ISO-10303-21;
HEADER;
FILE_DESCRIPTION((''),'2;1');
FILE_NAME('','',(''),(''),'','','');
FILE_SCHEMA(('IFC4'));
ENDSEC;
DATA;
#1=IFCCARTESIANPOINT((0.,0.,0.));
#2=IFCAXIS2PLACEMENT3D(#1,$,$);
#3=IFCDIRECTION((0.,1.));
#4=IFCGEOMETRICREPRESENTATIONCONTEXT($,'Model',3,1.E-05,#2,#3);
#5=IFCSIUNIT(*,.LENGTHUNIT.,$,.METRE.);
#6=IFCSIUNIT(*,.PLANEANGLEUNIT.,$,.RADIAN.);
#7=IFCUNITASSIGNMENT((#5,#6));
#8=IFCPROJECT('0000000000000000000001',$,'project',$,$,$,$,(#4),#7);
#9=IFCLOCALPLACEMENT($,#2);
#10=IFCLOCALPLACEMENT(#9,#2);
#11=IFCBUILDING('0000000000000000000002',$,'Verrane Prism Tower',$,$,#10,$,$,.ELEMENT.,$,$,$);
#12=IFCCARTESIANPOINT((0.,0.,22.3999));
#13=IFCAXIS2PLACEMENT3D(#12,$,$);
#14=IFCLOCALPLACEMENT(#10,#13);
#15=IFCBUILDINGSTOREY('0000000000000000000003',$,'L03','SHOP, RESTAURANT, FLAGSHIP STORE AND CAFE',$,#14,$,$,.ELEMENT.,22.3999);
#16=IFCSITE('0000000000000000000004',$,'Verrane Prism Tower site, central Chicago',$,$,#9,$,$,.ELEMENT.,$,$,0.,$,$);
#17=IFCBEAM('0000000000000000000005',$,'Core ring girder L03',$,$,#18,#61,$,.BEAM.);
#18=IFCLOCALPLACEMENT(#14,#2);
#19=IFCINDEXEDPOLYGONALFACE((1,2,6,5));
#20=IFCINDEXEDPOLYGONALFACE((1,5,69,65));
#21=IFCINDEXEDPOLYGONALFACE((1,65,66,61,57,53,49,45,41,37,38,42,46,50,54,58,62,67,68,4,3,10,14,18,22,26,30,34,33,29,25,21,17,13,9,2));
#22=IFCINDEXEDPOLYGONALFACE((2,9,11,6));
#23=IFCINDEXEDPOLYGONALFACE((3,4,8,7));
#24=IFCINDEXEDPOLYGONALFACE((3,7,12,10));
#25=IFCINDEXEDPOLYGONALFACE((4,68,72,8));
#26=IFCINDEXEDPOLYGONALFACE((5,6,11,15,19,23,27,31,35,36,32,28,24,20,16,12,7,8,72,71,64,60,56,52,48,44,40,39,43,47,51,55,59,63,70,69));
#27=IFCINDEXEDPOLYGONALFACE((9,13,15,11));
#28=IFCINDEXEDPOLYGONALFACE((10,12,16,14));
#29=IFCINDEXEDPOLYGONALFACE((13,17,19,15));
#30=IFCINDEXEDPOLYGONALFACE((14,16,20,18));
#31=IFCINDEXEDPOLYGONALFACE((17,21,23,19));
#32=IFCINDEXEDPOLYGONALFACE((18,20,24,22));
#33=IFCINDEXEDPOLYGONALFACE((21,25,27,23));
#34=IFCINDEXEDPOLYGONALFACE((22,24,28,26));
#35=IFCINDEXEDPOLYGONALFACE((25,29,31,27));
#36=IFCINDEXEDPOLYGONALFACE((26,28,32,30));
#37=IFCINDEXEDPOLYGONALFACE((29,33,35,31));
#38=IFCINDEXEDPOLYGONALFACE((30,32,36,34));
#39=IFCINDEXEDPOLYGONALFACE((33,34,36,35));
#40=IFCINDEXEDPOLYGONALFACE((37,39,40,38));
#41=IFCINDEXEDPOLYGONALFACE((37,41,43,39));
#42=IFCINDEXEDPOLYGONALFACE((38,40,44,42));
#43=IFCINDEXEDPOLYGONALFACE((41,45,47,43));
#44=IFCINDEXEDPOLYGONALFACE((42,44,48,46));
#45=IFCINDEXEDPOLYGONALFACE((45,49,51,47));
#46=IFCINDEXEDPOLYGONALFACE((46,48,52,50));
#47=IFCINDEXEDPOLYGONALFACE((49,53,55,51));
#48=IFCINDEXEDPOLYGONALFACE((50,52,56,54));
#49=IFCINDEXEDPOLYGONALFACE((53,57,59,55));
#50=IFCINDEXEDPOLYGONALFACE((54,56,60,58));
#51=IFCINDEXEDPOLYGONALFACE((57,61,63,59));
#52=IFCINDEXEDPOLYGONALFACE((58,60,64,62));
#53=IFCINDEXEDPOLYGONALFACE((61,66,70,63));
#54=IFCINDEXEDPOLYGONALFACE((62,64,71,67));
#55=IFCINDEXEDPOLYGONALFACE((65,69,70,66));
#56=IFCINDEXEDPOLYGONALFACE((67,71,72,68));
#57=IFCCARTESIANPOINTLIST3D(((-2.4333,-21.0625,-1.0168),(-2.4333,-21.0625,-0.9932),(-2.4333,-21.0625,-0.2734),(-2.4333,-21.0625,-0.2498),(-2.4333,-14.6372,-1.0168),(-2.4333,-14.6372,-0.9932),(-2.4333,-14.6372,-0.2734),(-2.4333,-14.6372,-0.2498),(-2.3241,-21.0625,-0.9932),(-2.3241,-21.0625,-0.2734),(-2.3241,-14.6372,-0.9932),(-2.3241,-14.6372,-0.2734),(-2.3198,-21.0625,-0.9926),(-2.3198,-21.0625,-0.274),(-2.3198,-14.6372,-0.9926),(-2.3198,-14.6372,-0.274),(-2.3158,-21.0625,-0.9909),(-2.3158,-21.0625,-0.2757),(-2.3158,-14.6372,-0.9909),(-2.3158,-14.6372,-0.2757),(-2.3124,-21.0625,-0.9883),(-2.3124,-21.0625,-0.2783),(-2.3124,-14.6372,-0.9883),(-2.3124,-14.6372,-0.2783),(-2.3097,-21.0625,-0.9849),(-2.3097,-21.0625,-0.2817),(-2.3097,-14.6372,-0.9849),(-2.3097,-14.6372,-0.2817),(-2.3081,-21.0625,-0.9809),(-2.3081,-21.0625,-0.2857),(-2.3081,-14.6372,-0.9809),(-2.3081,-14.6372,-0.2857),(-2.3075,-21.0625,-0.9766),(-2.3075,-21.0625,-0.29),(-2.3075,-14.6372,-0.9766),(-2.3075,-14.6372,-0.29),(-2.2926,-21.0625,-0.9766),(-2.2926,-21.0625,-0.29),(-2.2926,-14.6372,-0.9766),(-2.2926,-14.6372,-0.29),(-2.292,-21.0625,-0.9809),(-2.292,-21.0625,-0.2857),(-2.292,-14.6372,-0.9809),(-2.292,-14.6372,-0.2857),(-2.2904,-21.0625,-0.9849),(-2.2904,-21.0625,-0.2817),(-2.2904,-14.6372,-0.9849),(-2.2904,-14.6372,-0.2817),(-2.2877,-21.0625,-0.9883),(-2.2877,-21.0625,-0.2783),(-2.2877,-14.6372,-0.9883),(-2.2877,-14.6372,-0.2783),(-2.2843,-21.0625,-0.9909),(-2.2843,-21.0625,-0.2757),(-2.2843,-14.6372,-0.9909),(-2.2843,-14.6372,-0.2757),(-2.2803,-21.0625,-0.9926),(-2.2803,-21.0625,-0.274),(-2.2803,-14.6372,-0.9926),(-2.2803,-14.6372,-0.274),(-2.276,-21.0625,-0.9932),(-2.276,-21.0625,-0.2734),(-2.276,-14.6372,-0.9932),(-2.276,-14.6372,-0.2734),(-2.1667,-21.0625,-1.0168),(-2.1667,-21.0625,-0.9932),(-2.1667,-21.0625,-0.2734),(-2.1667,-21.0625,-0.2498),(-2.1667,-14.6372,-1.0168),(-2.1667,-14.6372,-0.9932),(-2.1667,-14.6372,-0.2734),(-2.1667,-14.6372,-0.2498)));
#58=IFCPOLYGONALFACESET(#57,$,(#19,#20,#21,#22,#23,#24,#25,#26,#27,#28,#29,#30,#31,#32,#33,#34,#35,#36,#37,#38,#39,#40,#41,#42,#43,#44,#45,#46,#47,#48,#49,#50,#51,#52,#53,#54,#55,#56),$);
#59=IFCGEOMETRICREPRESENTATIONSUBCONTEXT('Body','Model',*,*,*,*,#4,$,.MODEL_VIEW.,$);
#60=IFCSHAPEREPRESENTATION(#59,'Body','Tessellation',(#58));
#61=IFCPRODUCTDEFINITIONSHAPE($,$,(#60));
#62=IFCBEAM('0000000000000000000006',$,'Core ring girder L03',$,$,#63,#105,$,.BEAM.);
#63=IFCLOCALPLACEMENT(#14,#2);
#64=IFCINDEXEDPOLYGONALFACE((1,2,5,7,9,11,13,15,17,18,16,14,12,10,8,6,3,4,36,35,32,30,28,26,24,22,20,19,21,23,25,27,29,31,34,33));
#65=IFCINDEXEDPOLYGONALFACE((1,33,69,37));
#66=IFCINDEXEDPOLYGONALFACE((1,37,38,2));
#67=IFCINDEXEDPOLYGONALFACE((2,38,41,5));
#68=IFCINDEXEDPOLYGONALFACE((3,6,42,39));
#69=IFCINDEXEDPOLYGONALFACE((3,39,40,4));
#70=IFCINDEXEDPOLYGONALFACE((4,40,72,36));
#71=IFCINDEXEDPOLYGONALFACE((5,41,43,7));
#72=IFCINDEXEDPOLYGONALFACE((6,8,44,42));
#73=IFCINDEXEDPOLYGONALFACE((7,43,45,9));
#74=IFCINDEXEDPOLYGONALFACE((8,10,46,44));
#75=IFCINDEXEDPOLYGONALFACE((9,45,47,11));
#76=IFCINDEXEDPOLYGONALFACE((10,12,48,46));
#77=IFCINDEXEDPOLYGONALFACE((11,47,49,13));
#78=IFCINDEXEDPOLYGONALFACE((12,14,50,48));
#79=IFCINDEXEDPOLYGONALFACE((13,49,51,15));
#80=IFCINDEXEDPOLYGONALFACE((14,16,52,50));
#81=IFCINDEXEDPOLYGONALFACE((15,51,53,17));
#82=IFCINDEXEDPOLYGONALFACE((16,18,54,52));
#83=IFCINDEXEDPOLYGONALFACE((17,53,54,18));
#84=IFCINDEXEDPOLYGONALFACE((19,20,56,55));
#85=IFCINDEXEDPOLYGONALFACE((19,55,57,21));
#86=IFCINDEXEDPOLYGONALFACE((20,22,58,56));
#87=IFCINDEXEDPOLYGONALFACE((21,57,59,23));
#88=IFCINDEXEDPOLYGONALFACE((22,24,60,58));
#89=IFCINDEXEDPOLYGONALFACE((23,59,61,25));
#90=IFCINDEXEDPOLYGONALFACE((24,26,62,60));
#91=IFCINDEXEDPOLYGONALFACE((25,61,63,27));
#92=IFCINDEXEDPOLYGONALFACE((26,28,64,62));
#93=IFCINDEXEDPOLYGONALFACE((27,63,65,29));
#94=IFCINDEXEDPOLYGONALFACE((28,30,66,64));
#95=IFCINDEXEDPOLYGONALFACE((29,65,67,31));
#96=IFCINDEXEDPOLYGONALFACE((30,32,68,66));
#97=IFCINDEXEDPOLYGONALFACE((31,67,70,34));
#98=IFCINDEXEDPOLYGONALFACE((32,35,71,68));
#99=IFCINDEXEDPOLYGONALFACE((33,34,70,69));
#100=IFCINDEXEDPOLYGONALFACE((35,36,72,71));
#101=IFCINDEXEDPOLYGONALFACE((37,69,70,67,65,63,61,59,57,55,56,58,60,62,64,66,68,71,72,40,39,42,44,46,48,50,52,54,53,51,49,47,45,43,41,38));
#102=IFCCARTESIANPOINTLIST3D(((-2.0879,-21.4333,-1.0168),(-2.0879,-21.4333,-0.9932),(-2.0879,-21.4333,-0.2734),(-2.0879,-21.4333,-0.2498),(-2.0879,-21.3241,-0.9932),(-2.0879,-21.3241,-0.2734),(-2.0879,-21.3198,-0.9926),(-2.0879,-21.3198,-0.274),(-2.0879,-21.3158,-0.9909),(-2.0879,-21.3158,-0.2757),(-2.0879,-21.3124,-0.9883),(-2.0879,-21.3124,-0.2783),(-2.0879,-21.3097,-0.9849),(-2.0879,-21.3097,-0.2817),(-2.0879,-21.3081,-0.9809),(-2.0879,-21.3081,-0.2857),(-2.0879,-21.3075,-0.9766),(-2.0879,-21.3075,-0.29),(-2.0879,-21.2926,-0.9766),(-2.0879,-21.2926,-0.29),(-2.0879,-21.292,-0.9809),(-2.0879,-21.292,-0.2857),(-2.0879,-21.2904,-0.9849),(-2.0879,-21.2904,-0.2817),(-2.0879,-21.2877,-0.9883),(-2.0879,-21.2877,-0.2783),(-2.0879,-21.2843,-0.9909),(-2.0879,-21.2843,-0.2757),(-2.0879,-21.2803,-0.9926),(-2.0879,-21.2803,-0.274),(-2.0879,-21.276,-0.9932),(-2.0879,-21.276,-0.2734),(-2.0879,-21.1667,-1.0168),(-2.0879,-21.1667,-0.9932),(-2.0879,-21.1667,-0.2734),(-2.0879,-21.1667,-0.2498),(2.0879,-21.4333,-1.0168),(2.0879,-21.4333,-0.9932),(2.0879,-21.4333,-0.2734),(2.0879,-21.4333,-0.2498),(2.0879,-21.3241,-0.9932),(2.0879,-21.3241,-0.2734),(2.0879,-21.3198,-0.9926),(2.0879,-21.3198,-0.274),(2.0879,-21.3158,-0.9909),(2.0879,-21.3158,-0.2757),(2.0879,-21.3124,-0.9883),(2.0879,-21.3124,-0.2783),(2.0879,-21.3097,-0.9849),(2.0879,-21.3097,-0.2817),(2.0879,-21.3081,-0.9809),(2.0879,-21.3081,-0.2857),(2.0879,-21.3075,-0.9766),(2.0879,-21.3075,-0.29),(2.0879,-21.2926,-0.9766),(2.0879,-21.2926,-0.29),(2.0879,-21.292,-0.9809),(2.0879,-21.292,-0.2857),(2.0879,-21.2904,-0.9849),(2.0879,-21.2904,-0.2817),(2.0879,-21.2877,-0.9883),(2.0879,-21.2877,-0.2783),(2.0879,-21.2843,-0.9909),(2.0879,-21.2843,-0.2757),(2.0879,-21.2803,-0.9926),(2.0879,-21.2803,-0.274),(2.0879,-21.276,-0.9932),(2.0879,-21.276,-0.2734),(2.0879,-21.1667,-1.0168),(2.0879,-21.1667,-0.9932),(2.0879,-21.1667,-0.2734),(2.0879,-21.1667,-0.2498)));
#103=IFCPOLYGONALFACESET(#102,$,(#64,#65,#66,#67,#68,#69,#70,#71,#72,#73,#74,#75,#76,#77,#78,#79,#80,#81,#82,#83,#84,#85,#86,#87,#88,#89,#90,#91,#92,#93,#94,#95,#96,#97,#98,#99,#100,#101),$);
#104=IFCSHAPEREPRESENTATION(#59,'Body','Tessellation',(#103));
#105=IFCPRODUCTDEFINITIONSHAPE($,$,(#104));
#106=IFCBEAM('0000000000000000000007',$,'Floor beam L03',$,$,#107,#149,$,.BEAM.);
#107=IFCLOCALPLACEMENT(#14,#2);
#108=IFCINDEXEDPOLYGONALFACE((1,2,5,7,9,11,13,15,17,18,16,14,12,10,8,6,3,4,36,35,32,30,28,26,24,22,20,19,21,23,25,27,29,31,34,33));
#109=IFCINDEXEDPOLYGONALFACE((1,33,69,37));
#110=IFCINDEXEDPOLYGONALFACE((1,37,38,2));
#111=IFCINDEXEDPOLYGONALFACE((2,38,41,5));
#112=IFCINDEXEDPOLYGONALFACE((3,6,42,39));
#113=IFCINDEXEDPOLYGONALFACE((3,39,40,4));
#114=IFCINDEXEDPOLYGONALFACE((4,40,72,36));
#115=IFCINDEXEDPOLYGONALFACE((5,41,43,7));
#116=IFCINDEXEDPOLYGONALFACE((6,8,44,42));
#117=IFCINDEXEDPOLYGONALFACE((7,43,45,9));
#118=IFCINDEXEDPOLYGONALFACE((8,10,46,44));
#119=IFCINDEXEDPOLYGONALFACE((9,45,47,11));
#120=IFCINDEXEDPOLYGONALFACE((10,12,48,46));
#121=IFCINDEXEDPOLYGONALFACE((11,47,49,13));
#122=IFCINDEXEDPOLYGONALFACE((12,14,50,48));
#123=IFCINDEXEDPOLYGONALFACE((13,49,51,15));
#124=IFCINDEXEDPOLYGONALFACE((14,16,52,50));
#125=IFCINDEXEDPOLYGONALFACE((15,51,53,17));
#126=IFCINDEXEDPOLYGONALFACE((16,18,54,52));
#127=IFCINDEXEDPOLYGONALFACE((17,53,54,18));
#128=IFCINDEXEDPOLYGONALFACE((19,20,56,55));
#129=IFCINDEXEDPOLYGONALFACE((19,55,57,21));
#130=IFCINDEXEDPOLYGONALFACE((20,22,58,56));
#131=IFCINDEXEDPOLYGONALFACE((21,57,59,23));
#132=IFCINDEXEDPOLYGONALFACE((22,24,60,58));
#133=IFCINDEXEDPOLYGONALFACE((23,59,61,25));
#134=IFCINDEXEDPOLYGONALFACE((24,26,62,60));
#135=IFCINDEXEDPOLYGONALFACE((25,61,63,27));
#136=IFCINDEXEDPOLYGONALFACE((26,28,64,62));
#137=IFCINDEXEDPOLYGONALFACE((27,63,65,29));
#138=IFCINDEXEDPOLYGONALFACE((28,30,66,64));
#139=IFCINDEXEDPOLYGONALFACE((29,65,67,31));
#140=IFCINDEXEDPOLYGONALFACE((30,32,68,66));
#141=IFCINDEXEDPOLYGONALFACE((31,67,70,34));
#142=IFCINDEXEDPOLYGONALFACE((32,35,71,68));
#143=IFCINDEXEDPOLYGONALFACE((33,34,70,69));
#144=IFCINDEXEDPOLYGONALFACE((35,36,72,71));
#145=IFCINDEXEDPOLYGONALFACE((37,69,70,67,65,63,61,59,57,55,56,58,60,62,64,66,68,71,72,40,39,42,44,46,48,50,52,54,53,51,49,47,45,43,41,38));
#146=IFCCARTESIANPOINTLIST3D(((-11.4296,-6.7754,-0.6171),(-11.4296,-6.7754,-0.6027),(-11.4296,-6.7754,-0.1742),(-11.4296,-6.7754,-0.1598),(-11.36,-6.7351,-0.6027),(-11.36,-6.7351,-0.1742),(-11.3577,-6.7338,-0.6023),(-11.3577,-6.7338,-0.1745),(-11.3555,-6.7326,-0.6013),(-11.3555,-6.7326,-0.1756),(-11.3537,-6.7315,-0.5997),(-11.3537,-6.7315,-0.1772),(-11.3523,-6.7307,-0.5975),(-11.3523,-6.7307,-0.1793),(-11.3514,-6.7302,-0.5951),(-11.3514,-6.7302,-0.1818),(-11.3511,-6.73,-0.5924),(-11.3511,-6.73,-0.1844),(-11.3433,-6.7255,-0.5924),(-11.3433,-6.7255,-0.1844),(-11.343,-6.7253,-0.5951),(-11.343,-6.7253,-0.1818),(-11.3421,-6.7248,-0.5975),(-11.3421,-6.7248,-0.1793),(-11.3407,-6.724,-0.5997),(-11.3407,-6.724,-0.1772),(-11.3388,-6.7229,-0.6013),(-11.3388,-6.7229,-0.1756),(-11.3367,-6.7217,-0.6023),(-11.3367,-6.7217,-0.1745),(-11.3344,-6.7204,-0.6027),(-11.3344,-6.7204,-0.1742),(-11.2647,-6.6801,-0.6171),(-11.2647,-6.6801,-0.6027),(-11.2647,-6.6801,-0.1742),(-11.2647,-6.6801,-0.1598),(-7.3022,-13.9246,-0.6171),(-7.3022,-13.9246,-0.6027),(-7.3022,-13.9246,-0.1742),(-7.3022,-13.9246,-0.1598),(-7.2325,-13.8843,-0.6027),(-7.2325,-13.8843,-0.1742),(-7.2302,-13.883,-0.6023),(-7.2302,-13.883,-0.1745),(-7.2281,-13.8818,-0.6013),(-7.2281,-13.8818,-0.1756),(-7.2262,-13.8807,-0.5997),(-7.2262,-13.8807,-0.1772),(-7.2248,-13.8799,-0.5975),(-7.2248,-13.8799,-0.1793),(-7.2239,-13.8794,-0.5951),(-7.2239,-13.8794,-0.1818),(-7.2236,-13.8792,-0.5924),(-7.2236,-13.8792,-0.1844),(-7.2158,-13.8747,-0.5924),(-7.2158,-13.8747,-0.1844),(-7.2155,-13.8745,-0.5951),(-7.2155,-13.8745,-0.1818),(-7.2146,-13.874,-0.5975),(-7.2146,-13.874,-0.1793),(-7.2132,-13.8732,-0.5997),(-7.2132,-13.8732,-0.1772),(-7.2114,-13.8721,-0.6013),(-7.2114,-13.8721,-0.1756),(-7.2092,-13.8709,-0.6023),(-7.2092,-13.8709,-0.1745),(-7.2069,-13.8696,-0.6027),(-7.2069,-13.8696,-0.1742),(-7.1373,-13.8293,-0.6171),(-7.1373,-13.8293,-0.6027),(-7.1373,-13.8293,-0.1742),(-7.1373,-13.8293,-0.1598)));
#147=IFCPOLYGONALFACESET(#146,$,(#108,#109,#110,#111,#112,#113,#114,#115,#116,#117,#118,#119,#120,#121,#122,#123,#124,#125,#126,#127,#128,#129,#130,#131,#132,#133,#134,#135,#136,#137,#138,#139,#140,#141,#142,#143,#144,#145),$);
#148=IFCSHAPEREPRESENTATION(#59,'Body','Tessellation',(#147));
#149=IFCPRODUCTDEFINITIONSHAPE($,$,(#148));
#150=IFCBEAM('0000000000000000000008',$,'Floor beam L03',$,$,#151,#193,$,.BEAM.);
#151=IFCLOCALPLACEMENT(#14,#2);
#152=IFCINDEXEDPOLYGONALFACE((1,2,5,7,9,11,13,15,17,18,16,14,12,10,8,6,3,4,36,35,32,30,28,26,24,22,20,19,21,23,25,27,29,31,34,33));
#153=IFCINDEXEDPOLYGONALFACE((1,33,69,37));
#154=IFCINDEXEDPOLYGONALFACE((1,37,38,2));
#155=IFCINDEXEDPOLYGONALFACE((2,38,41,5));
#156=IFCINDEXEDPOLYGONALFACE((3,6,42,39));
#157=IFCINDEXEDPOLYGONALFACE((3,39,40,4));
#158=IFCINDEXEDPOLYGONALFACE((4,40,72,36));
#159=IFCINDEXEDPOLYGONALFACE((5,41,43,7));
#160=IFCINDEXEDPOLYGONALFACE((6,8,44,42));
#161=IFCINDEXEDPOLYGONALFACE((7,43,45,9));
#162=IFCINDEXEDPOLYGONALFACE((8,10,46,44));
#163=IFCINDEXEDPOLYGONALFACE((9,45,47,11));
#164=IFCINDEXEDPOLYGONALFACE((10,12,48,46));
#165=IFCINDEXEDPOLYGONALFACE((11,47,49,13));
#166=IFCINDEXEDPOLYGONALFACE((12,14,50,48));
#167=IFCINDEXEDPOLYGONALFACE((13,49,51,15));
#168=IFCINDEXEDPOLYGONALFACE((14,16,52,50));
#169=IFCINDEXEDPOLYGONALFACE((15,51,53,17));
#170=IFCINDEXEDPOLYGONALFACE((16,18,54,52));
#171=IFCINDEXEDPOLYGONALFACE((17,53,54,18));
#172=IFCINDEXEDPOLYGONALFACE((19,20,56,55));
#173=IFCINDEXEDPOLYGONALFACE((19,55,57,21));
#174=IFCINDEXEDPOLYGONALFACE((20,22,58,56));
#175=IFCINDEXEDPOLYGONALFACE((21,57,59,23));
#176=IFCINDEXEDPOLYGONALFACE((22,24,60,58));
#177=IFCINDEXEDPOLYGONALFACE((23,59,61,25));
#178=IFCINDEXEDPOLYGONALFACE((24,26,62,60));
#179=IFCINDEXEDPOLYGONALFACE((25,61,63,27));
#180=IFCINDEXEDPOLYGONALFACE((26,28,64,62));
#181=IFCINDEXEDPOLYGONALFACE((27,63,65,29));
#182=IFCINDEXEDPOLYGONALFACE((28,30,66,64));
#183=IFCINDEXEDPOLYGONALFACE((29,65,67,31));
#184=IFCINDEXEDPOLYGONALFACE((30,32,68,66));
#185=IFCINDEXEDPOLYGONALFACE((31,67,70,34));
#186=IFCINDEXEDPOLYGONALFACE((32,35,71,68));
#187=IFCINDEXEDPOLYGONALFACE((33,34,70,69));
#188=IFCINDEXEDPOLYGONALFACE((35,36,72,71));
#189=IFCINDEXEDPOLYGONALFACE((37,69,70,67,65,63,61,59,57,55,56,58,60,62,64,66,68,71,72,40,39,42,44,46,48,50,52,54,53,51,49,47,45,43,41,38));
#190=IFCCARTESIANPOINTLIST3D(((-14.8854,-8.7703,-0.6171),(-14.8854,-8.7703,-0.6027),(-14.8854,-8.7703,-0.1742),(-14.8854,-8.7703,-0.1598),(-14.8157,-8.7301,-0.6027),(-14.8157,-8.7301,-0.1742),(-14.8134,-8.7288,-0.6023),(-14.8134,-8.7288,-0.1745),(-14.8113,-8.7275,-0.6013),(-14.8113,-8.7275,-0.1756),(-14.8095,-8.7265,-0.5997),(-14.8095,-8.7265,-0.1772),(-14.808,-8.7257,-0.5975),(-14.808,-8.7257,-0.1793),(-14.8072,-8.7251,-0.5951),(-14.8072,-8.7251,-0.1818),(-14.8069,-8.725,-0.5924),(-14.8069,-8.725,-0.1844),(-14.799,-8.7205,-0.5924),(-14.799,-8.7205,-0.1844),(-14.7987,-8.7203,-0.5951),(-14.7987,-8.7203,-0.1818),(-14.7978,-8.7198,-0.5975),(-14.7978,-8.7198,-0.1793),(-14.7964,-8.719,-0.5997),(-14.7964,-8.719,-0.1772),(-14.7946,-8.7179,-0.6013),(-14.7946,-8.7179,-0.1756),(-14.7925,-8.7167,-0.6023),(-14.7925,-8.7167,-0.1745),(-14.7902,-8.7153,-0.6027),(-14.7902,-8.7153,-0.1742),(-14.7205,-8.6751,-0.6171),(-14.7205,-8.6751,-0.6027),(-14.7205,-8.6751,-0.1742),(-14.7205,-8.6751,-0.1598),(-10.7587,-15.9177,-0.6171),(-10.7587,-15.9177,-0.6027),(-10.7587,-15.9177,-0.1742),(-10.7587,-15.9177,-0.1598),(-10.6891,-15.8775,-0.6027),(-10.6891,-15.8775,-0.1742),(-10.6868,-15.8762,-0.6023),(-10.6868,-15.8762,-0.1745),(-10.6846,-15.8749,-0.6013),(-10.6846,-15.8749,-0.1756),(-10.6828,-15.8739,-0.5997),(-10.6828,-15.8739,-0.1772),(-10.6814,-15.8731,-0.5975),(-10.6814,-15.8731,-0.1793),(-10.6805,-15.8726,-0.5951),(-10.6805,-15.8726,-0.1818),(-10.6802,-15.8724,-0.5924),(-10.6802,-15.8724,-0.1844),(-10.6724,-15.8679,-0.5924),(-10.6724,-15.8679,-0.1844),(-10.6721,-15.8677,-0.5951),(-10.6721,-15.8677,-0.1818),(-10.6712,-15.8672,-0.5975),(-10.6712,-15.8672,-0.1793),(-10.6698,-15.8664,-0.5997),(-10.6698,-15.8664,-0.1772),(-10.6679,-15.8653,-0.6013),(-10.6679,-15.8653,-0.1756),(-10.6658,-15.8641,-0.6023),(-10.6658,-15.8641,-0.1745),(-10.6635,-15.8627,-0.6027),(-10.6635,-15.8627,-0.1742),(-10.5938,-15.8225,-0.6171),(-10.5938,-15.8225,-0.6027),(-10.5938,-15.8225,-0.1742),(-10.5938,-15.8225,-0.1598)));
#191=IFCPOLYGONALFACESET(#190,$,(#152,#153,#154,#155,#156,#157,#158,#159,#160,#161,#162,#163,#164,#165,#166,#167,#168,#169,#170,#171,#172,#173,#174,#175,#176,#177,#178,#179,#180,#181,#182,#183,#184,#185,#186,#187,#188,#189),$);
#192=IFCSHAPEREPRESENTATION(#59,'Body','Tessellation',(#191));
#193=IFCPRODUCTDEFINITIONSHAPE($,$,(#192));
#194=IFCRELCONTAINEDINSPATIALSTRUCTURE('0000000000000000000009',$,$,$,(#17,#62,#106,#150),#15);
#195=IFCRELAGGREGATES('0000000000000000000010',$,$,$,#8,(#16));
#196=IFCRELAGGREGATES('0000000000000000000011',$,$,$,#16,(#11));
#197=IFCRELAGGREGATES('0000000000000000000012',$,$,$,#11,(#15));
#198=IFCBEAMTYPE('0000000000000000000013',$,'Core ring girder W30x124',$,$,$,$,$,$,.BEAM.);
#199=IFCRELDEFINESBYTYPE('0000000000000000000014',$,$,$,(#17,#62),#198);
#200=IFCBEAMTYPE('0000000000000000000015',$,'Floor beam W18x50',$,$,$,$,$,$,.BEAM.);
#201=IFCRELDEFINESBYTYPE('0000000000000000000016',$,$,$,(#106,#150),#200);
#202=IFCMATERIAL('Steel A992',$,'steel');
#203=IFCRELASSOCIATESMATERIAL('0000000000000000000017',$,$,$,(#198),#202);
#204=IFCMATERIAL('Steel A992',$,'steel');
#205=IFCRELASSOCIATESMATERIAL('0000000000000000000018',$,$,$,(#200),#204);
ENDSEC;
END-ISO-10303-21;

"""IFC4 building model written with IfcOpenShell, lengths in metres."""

from ifc_helpers import new_model, si_unit, direction, frame, origin, origin_2d, place, context, subcontext, project, spatial, i_section, extrude, material, material_profile, profile_set, type_object, element, save


model = new_model("IFC4")

# Units and contexts
model_context = context("Model", 3, precision=1e-05, world=origin(), true_north=direction((0.0, 1.0)))
body_context = subcontext(model_context, "Body", "Model", "MODEL_VIEW")
ifc_project = project(units=[si_unit("LENGTHUNIT", "METRE"), si_unit("PLANEANGLEUNIT", "RADIAN")], contexts=[model_context])

# Site, building, storey
site_placement = place(None, origin())
site = spatial("IfcSite", under=ifc_project, at=site_placement, Name="Verrane Prism Tower site, central Chicago", CompositionType="ELEMENT", RefElevation=0.0)
building_placement = place(site_placement, origin())
building = spatial("IfcBuilding", under=site, at=building_placement, Name="Verrane Prism Tower", CompositionType="ELEMENT")
storey_placement = place(building_placement, frame((0.0, 0.0, 22.3999)))
storey = spatial("IfcBuildingStorey", under=building, at=storey_placement, Name="L03", Description="SHOP, RESTAURANT, FLAGSHIP STORE AND CAFE", CompositionType="ELEMENT", Elevation=22.3999)

# Beams
ifc_material_1 = material(Name="Steel A992", Category="steel")
ifc_material_profile_1 = material_profile(ifc_material_1, i_section(OverallWidth=0.2666, OverallDepth=0.7671, WebThickness=0.0149, FlangeThickness=0.0237, FilletRadius=0.0166, at=origin_2d()), Name="W30x124")
ifc_profile_set_1 = profile_set([ifc_material_profile_1], Name="Steel A992")
beam_type_1 = type_object("IfcBeamType", Name="Core ring girder W30x124", PredefinedType="BEAM", material=ifc_profile_set_1)
beam_1_placement = place(storey_placement, frame((-2.3, -14.6372, -0.6333), z_axis=(0.0, -1.0, 0.0), x_axis=(1.0, 0.0, 0.0)))
element("IfcBeam", 1, at=beam_1_placement, inside=storey, type_object=beam_type_1, Name="Core ring girder L03", PredefinedType="BEAM", context=body_context, shape_type="SweptSolid", body=[
    extrude(i_section(OverallWidth=0.2666, OverallDepth=0.7671, WebThickness=0.0149, FlangeThickness=0.0237, FilletRadius=0.0166, at=origin_2d()), origin(), (0.0, 0.0, 1.0), 6.4253),
])
beam_2_placement = place(storey_placement, frame((-2.0879, -21.3, -0.6333), z_axis=(1.0, 0.0, 0.0), x_axis=(0.0, 1.0, 0.0)))
element("IfcBeam", 2, at=beam_2_placement, inside=storey, type_object=beam_type_1, Name="Core ring girder L03", PredefinedType="BEAM", context=body_context, shape_type="SweptSolid", body=[
    extrude(i_section(OverallWidth=0.2666, OverallDepth=0.7671, WebThickness=0.0149, FlangeThickness=0.0237, FilletRadius=0.0166, at=origin_2d()), origin(), (0.0, 0.0, 1.0), 4.1758),
])
ifc_material_2 = material(Name="Steel A992", Category="steel")
ifc_material_profile_2 = material_profile(ifc_material_2, i_section(OverallWidth=0.1904, OverallDepth=0.4573, WebThickness=0.009, FlangeThickness=0.0144, FilletRadius=0.0103, at=origin_2d()), Name="W18x50")
ifc_profile_set_2 = profile_set([ifc_material_profile_2], Name="Steel A992")
beam_type_2 = type_object("IfcBeamType", Name="Floor beam W18x50", PredefinedType="BEAM", material=ifc_profile_set_2)
beam_3_placement = place(storey_placement, frame((-7.2197, -13.877, -0.3884), z_axis=(-0.499988, 0.866032, 0.0), x_axis=(-0.866032, -0.499988, 0.0)))
element("IfcBeam", 3, at=beam_3_placement, inside=storey, type_object=beam_type_2, Name="Floor beam L03", PredefinedType="BEAM", context=body_context, shape_type="SweptSolid", body=[
    extrude(i_section(OverallWidth=0.1904, OverallDepth=0.4573, WebThickness=0.009, FlangeThickness=0.0144, FilletRadius=0.0103, at=origin_2d()), origin(), (0.0, 0.0, 1.0), 8.2551),
])
beam_4_placement = place(storey_placement, frame((-10.6763, -15.8701, -0.3884), z_axis=(-0.500011, 0.866019, 0.0), x_axis=(-0.866019, -0.500011, 0.0)))
element("IfcBeam", 4, at=beam_4_placement, inside=storey, type_object=beam_type_2, Name="Floor beam L03", PredefinedType="BEAM", context=body_context, shape_type="SweptSolid", body=[
    extrude(i_section(OverallWidth=0.1904, OverallDepth=0.4573, WebThickness=0.009, FlangeThickness=0.0144, FilletRadius=0.0103, at=origin_2d()), origin(), (0.0, 0.0, 1.0), 8.2532),
])

save(model, "model.ifc")
